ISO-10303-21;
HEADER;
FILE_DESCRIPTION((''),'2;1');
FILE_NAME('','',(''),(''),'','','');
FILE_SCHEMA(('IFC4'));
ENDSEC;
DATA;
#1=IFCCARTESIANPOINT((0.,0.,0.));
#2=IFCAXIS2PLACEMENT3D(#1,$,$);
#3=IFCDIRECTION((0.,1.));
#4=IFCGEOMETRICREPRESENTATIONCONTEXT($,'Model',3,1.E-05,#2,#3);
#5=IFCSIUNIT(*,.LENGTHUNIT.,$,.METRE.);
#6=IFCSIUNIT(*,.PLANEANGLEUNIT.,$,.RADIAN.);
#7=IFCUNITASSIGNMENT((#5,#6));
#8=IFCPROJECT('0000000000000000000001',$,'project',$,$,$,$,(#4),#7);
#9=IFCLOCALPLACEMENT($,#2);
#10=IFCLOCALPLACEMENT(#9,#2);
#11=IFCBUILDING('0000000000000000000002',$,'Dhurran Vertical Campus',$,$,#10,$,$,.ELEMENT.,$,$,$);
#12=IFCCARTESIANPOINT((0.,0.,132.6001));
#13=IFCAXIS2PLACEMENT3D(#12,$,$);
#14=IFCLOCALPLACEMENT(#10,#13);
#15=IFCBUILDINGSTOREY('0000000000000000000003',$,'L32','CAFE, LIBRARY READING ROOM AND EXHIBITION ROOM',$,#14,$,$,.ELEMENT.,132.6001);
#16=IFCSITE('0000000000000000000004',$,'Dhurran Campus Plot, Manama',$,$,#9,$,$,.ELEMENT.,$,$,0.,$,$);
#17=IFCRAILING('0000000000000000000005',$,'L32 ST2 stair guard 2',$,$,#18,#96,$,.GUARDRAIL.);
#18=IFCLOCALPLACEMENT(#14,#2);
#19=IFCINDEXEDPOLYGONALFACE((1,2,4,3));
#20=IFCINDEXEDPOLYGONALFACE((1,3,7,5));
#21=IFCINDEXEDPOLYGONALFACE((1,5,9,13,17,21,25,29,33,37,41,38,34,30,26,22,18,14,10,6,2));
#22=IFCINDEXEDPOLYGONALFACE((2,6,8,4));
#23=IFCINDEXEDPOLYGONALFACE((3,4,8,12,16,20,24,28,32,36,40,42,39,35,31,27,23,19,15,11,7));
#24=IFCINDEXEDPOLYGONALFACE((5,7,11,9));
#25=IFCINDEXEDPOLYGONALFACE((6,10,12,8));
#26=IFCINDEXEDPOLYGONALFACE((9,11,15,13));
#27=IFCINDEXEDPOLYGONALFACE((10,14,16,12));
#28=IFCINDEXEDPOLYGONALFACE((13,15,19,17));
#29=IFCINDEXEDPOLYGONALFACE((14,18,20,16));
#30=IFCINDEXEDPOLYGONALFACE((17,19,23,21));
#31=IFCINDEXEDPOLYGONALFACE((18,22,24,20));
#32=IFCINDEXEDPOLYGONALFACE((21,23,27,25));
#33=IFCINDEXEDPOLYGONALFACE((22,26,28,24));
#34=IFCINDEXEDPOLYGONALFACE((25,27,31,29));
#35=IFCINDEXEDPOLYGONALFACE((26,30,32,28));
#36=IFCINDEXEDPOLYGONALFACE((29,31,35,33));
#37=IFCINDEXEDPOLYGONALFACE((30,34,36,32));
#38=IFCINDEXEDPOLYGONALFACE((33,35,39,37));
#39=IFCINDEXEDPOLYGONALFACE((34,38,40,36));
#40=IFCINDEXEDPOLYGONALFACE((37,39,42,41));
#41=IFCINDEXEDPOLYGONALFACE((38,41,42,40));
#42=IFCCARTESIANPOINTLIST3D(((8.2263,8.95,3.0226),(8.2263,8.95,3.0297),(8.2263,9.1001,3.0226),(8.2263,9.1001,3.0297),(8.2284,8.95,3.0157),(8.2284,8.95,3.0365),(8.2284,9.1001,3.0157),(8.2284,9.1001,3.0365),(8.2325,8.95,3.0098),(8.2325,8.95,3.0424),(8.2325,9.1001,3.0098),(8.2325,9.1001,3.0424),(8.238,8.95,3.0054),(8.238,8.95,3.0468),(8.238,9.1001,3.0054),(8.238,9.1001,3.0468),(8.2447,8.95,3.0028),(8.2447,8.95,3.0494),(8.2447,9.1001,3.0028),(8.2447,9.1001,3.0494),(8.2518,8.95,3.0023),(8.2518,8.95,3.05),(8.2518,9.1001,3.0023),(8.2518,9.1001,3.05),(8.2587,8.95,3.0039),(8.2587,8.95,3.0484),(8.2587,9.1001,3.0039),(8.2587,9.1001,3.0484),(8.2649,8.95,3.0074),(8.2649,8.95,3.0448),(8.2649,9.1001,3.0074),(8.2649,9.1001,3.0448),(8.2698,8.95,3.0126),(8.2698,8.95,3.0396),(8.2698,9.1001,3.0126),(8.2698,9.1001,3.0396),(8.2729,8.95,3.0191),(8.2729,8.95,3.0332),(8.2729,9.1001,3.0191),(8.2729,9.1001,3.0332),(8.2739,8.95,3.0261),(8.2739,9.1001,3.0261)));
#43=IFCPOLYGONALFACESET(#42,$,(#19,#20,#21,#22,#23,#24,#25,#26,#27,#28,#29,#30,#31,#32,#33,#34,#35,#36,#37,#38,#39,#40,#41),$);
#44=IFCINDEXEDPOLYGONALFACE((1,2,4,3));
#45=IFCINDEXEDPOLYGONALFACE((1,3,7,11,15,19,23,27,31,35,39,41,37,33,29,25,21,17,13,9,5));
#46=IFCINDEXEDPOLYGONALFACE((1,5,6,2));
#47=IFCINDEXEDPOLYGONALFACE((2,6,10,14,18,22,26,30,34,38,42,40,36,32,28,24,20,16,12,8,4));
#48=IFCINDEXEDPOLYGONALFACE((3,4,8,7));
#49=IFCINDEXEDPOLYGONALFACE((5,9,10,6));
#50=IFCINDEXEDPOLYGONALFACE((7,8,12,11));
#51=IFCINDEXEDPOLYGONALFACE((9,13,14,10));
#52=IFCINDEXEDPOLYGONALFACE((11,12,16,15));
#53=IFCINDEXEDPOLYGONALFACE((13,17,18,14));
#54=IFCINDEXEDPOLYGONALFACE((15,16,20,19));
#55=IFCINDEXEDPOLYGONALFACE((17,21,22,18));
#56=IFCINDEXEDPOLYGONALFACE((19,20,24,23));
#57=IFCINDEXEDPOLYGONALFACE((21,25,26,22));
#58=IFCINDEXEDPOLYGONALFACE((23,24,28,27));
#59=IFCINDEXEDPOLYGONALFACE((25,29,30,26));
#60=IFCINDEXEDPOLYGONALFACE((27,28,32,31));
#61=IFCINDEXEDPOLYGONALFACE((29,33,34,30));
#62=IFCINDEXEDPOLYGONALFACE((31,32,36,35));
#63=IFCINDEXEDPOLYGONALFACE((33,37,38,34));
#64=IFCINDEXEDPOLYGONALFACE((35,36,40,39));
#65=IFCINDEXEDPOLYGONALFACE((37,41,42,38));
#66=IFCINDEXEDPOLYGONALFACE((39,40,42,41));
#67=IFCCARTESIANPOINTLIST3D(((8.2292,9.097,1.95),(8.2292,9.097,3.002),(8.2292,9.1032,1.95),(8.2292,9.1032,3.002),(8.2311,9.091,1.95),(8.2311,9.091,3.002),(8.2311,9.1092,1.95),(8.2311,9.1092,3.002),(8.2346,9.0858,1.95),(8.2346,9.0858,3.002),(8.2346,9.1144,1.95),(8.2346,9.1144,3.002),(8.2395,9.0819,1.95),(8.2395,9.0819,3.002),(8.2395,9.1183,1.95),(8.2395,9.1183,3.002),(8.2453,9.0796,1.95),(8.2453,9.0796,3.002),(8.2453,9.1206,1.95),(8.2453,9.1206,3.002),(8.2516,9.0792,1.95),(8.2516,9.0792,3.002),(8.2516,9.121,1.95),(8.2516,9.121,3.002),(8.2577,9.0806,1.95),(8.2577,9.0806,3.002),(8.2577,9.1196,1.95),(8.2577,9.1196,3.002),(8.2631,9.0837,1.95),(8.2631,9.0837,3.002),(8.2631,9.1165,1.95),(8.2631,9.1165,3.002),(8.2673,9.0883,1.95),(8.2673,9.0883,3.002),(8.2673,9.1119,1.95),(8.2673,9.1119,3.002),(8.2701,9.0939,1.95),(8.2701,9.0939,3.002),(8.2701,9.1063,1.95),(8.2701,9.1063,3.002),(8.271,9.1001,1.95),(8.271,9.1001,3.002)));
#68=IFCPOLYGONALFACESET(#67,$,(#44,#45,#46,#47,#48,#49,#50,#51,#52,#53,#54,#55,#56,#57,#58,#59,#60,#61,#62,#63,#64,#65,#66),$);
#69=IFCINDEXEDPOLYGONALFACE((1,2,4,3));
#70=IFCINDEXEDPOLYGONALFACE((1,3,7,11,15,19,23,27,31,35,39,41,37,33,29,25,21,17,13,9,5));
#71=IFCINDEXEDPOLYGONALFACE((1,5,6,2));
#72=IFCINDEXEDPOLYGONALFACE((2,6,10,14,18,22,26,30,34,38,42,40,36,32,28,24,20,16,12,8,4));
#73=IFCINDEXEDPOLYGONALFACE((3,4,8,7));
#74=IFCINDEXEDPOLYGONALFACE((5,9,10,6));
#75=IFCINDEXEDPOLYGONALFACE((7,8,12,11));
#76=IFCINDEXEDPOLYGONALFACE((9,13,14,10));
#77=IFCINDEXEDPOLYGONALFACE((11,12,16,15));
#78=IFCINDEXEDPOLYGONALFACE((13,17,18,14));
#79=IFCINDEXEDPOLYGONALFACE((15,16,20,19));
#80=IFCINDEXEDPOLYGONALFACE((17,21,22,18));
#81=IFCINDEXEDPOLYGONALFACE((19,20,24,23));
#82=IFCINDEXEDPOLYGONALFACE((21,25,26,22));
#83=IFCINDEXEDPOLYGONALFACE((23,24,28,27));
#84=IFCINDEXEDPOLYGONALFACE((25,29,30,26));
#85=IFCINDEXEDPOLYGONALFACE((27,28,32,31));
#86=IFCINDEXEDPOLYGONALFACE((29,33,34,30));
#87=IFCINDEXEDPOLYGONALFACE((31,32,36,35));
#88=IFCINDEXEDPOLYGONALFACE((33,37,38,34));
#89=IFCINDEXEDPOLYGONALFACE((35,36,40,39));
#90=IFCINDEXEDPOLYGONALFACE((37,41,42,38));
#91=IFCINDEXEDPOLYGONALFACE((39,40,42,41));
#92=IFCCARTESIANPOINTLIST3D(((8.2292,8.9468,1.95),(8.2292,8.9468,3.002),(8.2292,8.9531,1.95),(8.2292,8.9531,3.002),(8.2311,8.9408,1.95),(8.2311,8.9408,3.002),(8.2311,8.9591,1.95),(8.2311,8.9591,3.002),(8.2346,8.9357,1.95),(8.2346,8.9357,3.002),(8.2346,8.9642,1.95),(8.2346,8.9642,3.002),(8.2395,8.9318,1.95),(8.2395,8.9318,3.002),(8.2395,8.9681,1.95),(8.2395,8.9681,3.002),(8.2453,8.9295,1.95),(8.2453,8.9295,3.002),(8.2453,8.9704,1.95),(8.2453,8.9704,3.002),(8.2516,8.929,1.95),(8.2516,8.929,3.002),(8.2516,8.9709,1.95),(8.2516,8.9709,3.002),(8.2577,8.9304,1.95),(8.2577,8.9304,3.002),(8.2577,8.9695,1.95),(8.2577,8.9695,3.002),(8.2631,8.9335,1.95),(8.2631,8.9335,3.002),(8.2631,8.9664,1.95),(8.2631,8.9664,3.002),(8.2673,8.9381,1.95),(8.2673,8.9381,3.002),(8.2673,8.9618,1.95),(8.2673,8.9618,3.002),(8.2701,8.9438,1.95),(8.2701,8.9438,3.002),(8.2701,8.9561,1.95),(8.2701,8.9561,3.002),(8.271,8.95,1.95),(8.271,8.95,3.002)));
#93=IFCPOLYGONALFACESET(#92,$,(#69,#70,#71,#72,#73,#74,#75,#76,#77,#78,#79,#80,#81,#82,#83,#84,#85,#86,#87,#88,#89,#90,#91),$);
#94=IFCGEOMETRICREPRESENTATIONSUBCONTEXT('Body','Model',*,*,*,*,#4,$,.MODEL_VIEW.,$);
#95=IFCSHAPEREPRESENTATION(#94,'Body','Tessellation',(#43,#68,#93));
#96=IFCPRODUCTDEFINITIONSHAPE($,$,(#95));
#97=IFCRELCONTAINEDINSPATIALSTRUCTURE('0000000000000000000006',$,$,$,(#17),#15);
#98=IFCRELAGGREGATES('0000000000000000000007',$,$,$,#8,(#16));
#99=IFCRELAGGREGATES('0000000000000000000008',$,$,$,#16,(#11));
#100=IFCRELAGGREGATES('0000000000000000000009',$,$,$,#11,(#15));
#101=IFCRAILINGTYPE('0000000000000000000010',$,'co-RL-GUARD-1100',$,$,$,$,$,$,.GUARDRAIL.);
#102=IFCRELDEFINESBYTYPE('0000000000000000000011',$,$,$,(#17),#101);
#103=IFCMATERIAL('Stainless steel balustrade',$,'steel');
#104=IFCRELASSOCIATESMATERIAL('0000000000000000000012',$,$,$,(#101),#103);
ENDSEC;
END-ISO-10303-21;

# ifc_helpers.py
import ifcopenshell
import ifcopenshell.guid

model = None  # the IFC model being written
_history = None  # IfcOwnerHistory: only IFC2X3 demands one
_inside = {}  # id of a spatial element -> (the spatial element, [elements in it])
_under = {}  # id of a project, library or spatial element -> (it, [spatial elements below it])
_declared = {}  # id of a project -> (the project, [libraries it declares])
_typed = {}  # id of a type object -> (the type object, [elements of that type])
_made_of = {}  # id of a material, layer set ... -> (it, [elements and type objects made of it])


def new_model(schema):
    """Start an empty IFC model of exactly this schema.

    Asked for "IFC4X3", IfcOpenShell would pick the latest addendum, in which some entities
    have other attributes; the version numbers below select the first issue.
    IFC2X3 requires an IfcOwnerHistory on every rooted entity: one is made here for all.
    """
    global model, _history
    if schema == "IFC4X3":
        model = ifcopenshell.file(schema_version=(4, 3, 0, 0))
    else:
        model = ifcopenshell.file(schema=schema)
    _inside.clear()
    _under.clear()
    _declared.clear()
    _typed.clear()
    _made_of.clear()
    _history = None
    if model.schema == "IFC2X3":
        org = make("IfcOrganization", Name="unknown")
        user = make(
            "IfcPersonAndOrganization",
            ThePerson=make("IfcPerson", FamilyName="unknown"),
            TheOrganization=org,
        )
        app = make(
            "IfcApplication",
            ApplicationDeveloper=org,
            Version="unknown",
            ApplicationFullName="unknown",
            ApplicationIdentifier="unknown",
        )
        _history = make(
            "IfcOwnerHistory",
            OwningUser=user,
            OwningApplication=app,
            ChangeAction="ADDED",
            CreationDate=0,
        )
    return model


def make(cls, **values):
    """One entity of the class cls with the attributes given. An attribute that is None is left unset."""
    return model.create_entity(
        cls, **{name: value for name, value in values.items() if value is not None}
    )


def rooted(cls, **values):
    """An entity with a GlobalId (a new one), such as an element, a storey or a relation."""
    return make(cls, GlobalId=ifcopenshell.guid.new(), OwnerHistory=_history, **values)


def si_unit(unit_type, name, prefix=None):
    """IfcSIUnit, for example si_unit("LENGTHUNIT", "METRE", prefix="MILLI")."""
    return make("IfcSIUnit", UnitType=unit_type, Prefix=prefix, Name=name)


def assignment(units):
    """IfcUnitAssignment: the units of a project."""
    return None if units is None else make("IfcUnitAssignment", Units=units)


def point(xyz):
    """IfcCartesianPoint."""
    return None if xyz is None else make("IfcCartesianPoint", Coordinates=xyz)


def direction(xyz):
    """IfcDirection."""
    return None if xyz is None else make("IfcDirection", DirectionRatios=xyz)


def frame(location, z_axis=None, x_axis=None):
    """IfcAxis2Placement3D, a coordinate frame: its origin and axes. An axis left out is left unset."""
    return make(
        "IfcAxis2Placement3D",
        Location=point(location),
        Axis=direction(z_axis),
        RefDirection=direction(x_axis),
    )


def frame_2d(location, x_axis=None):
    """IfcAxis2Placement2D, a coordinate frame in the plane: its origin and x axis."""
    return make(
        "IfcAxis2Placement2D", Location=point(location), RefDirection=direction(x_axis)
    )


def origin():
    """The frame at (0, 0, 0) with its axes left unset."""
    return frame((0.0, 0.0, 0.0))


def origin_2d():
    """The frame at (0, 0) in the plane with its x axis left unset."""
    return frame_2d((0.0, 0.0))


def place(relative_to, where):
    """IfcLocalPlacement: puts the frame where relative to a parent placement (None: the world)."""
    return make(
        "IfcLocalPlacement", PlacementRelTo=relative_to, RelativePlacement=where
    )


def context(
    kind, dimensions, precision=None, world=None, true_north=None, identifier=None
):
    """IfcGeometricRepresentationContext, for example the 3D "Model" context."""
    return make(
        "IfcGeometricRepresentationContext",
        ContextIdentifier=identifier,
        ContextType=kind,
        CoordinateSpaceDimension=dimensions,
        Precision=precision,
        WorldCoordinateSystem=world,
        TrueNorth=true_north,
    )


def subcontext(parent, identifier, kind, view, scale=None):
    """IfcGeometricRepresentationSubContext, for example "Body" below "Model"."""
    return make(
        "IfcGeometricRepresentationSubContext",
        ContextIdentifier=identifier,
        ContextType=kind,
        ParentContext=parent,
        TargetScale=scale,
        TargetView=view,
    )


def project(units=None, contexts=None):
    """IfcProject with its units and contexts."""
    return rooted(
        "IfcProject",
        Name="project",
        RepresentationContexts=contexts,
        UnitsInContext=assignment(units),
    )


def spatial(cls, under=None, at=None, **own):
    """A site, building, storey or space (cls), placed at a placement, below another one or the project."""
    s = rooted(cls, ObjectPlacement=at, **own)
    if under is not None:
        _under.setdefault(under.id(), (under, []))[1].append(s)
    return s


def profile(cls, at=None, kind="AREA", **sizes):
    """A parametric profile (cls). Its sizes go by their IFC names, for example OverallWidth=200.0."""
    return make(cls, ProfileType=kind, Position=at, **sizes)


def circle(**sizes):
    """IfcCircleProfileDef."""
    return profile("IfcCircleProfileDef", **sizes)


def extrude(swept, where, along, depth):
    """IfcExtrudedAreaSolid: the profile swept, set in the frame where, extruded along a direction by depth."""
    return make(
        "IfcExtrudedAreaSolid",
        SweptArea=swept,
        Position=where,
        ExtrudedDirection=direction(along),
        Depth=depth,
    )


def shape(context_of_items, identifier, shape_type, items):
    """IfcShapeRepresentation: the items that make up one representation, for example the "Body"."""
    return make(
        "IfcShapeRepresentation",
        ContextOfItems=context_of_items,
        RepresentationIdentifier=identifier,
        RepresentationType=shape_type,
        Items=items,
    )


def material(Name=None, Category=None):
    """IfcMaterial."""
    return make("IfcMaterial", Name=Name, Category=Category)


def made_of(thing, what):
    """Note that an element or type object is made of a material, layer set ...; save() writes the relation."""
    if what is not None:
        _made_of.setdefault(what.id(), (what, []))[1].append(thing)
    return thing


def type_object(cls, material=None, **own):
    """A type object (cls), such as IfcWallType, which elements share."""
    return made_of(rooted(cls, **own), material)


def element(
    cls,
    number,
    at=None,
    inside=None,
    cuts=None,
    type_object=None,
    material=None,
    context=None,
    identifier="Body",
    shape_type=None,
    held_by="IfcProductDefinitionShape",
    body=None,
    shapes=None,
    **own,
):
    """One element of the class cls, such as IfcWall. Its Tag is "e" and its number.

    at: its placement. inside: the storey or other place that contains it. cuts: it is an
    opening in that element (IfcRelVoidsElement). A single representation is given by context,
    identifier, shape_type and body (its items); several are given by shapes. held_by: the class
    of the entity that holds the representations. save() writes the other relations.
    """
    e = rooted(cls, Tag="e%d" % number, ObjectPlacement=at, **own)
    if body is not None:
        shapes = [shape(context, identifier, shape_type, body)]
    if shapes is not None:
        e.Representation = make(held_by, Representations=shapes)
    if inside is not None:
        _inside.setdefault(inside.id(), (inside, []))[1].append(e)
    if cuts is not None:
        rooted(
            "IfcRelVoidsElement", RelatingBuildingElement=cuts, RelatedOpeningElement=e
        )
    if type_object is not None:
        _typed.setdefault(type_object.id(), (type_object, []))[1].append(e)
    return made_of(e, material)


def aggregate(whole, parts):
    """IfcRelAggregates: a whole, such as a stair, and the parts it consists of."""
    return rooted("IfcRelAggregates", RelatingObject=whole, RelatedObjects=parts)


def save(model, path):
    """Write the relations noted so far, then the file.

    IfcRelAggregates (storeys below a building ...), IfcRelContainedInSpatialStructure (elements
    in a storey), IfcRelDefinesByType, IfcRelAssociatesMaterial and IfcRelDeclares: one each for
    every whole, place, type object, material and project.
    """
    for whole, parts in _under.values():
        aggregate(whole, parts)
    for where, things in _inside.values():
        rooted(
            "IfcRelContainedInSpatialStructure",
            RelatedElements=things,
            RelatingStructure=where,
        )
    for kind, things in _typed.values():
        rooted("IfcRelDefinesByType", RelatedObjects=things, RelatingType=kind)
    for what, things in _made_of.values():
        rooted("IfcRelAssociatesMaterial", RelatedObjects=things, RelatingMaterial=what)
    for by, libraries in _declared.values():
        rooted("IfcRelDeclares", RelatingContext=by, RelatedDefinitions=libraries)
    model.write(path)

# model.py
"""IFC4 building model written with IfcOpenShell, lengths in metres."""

from ifc_helpers import new_model, si_unit, direction, frame, origin, origin_2d, place, context, subcontext, project, spatial, circle, extrude, material, type_object, element, save


model = new_model("IFC4")

# Units and contexts
model_context = context("Model", 3, precision=1e-05, world=origin(), true_north=direction((0.0, 1.0)))
body_context = subcontext(model_context, "Body", "Model", "MODEL_VIEW")
ifc_project = project(units=[si_unit("LENGTHUNIT", "METRE"), si_unit("PLANEANGLEUNIT", "RADIAN")], contexts=[model_context])

# Site, building, storey
site_placement = place(None, origin())
site = spatial("IfcSite", under=ifc_project, at=site_placement, Name="Dhurran Campus Plot, Manama", CompositionType="ELEMENT", RefElevation=0.0)
building_placement = place(site_placement, origin())
building = spatial("IfcBuilding", under=site, at=building_placement, Name="Dhurran Vertical Campus", CompositionType="ELEMENT")
storey_placement = place(building_placement, frame((0.0, 0.0, 132.6001)))
storey = spatial("IfcBuildingStorey", under=building, at=storey_placement, Name="L32", Description="CAFE, LIBRARY READING ROOM AND EXHIBITION ROOM", CompositionType="ELEMENT", Elevation=132.6001)

# Railing
ifc_material_1 = material(Name="Stainless steel balustrade", Category="steel")
railing_type_1 = type_object("IfcRailingType", Name="co-RL-GUARD-1100", PredefinedType="GUARDRAIL", material=ifc_material_1)
railing_1_placement = place(storey_placement, frame((8.25, 9.1001, 1.95)))
element("IfcRailing", 1, at=railing_1_placement, inside=storey, type_object=railing_type_1, Name="L32 ST2 stair guard 2", PredefinedType="GUARDRAIL", context=body_context, shape_type="SweptSolid", body=[
    extrude(circle(Radius=0.0239, at=origin_2d()), frame((0.0, 0.0, 1.0762), z_axis=(0.0, -1.0, 0.0), x_axis=(1.0, 0.0, 0.0)), (0.0, 0.0, 1.0), 0.1501),
    extrude(circle(Radius=0.021, at=origin_2d()), origin(), (0.0, 0.0, 1.0), 1.052),
    extrude(circle(Radius=0.021, at=origin_2d()), frame((0.0, -0.1501, 0.0)), (0.0, 0.0, 1.0), 1.052),
])

save(model, "model.ifc")
